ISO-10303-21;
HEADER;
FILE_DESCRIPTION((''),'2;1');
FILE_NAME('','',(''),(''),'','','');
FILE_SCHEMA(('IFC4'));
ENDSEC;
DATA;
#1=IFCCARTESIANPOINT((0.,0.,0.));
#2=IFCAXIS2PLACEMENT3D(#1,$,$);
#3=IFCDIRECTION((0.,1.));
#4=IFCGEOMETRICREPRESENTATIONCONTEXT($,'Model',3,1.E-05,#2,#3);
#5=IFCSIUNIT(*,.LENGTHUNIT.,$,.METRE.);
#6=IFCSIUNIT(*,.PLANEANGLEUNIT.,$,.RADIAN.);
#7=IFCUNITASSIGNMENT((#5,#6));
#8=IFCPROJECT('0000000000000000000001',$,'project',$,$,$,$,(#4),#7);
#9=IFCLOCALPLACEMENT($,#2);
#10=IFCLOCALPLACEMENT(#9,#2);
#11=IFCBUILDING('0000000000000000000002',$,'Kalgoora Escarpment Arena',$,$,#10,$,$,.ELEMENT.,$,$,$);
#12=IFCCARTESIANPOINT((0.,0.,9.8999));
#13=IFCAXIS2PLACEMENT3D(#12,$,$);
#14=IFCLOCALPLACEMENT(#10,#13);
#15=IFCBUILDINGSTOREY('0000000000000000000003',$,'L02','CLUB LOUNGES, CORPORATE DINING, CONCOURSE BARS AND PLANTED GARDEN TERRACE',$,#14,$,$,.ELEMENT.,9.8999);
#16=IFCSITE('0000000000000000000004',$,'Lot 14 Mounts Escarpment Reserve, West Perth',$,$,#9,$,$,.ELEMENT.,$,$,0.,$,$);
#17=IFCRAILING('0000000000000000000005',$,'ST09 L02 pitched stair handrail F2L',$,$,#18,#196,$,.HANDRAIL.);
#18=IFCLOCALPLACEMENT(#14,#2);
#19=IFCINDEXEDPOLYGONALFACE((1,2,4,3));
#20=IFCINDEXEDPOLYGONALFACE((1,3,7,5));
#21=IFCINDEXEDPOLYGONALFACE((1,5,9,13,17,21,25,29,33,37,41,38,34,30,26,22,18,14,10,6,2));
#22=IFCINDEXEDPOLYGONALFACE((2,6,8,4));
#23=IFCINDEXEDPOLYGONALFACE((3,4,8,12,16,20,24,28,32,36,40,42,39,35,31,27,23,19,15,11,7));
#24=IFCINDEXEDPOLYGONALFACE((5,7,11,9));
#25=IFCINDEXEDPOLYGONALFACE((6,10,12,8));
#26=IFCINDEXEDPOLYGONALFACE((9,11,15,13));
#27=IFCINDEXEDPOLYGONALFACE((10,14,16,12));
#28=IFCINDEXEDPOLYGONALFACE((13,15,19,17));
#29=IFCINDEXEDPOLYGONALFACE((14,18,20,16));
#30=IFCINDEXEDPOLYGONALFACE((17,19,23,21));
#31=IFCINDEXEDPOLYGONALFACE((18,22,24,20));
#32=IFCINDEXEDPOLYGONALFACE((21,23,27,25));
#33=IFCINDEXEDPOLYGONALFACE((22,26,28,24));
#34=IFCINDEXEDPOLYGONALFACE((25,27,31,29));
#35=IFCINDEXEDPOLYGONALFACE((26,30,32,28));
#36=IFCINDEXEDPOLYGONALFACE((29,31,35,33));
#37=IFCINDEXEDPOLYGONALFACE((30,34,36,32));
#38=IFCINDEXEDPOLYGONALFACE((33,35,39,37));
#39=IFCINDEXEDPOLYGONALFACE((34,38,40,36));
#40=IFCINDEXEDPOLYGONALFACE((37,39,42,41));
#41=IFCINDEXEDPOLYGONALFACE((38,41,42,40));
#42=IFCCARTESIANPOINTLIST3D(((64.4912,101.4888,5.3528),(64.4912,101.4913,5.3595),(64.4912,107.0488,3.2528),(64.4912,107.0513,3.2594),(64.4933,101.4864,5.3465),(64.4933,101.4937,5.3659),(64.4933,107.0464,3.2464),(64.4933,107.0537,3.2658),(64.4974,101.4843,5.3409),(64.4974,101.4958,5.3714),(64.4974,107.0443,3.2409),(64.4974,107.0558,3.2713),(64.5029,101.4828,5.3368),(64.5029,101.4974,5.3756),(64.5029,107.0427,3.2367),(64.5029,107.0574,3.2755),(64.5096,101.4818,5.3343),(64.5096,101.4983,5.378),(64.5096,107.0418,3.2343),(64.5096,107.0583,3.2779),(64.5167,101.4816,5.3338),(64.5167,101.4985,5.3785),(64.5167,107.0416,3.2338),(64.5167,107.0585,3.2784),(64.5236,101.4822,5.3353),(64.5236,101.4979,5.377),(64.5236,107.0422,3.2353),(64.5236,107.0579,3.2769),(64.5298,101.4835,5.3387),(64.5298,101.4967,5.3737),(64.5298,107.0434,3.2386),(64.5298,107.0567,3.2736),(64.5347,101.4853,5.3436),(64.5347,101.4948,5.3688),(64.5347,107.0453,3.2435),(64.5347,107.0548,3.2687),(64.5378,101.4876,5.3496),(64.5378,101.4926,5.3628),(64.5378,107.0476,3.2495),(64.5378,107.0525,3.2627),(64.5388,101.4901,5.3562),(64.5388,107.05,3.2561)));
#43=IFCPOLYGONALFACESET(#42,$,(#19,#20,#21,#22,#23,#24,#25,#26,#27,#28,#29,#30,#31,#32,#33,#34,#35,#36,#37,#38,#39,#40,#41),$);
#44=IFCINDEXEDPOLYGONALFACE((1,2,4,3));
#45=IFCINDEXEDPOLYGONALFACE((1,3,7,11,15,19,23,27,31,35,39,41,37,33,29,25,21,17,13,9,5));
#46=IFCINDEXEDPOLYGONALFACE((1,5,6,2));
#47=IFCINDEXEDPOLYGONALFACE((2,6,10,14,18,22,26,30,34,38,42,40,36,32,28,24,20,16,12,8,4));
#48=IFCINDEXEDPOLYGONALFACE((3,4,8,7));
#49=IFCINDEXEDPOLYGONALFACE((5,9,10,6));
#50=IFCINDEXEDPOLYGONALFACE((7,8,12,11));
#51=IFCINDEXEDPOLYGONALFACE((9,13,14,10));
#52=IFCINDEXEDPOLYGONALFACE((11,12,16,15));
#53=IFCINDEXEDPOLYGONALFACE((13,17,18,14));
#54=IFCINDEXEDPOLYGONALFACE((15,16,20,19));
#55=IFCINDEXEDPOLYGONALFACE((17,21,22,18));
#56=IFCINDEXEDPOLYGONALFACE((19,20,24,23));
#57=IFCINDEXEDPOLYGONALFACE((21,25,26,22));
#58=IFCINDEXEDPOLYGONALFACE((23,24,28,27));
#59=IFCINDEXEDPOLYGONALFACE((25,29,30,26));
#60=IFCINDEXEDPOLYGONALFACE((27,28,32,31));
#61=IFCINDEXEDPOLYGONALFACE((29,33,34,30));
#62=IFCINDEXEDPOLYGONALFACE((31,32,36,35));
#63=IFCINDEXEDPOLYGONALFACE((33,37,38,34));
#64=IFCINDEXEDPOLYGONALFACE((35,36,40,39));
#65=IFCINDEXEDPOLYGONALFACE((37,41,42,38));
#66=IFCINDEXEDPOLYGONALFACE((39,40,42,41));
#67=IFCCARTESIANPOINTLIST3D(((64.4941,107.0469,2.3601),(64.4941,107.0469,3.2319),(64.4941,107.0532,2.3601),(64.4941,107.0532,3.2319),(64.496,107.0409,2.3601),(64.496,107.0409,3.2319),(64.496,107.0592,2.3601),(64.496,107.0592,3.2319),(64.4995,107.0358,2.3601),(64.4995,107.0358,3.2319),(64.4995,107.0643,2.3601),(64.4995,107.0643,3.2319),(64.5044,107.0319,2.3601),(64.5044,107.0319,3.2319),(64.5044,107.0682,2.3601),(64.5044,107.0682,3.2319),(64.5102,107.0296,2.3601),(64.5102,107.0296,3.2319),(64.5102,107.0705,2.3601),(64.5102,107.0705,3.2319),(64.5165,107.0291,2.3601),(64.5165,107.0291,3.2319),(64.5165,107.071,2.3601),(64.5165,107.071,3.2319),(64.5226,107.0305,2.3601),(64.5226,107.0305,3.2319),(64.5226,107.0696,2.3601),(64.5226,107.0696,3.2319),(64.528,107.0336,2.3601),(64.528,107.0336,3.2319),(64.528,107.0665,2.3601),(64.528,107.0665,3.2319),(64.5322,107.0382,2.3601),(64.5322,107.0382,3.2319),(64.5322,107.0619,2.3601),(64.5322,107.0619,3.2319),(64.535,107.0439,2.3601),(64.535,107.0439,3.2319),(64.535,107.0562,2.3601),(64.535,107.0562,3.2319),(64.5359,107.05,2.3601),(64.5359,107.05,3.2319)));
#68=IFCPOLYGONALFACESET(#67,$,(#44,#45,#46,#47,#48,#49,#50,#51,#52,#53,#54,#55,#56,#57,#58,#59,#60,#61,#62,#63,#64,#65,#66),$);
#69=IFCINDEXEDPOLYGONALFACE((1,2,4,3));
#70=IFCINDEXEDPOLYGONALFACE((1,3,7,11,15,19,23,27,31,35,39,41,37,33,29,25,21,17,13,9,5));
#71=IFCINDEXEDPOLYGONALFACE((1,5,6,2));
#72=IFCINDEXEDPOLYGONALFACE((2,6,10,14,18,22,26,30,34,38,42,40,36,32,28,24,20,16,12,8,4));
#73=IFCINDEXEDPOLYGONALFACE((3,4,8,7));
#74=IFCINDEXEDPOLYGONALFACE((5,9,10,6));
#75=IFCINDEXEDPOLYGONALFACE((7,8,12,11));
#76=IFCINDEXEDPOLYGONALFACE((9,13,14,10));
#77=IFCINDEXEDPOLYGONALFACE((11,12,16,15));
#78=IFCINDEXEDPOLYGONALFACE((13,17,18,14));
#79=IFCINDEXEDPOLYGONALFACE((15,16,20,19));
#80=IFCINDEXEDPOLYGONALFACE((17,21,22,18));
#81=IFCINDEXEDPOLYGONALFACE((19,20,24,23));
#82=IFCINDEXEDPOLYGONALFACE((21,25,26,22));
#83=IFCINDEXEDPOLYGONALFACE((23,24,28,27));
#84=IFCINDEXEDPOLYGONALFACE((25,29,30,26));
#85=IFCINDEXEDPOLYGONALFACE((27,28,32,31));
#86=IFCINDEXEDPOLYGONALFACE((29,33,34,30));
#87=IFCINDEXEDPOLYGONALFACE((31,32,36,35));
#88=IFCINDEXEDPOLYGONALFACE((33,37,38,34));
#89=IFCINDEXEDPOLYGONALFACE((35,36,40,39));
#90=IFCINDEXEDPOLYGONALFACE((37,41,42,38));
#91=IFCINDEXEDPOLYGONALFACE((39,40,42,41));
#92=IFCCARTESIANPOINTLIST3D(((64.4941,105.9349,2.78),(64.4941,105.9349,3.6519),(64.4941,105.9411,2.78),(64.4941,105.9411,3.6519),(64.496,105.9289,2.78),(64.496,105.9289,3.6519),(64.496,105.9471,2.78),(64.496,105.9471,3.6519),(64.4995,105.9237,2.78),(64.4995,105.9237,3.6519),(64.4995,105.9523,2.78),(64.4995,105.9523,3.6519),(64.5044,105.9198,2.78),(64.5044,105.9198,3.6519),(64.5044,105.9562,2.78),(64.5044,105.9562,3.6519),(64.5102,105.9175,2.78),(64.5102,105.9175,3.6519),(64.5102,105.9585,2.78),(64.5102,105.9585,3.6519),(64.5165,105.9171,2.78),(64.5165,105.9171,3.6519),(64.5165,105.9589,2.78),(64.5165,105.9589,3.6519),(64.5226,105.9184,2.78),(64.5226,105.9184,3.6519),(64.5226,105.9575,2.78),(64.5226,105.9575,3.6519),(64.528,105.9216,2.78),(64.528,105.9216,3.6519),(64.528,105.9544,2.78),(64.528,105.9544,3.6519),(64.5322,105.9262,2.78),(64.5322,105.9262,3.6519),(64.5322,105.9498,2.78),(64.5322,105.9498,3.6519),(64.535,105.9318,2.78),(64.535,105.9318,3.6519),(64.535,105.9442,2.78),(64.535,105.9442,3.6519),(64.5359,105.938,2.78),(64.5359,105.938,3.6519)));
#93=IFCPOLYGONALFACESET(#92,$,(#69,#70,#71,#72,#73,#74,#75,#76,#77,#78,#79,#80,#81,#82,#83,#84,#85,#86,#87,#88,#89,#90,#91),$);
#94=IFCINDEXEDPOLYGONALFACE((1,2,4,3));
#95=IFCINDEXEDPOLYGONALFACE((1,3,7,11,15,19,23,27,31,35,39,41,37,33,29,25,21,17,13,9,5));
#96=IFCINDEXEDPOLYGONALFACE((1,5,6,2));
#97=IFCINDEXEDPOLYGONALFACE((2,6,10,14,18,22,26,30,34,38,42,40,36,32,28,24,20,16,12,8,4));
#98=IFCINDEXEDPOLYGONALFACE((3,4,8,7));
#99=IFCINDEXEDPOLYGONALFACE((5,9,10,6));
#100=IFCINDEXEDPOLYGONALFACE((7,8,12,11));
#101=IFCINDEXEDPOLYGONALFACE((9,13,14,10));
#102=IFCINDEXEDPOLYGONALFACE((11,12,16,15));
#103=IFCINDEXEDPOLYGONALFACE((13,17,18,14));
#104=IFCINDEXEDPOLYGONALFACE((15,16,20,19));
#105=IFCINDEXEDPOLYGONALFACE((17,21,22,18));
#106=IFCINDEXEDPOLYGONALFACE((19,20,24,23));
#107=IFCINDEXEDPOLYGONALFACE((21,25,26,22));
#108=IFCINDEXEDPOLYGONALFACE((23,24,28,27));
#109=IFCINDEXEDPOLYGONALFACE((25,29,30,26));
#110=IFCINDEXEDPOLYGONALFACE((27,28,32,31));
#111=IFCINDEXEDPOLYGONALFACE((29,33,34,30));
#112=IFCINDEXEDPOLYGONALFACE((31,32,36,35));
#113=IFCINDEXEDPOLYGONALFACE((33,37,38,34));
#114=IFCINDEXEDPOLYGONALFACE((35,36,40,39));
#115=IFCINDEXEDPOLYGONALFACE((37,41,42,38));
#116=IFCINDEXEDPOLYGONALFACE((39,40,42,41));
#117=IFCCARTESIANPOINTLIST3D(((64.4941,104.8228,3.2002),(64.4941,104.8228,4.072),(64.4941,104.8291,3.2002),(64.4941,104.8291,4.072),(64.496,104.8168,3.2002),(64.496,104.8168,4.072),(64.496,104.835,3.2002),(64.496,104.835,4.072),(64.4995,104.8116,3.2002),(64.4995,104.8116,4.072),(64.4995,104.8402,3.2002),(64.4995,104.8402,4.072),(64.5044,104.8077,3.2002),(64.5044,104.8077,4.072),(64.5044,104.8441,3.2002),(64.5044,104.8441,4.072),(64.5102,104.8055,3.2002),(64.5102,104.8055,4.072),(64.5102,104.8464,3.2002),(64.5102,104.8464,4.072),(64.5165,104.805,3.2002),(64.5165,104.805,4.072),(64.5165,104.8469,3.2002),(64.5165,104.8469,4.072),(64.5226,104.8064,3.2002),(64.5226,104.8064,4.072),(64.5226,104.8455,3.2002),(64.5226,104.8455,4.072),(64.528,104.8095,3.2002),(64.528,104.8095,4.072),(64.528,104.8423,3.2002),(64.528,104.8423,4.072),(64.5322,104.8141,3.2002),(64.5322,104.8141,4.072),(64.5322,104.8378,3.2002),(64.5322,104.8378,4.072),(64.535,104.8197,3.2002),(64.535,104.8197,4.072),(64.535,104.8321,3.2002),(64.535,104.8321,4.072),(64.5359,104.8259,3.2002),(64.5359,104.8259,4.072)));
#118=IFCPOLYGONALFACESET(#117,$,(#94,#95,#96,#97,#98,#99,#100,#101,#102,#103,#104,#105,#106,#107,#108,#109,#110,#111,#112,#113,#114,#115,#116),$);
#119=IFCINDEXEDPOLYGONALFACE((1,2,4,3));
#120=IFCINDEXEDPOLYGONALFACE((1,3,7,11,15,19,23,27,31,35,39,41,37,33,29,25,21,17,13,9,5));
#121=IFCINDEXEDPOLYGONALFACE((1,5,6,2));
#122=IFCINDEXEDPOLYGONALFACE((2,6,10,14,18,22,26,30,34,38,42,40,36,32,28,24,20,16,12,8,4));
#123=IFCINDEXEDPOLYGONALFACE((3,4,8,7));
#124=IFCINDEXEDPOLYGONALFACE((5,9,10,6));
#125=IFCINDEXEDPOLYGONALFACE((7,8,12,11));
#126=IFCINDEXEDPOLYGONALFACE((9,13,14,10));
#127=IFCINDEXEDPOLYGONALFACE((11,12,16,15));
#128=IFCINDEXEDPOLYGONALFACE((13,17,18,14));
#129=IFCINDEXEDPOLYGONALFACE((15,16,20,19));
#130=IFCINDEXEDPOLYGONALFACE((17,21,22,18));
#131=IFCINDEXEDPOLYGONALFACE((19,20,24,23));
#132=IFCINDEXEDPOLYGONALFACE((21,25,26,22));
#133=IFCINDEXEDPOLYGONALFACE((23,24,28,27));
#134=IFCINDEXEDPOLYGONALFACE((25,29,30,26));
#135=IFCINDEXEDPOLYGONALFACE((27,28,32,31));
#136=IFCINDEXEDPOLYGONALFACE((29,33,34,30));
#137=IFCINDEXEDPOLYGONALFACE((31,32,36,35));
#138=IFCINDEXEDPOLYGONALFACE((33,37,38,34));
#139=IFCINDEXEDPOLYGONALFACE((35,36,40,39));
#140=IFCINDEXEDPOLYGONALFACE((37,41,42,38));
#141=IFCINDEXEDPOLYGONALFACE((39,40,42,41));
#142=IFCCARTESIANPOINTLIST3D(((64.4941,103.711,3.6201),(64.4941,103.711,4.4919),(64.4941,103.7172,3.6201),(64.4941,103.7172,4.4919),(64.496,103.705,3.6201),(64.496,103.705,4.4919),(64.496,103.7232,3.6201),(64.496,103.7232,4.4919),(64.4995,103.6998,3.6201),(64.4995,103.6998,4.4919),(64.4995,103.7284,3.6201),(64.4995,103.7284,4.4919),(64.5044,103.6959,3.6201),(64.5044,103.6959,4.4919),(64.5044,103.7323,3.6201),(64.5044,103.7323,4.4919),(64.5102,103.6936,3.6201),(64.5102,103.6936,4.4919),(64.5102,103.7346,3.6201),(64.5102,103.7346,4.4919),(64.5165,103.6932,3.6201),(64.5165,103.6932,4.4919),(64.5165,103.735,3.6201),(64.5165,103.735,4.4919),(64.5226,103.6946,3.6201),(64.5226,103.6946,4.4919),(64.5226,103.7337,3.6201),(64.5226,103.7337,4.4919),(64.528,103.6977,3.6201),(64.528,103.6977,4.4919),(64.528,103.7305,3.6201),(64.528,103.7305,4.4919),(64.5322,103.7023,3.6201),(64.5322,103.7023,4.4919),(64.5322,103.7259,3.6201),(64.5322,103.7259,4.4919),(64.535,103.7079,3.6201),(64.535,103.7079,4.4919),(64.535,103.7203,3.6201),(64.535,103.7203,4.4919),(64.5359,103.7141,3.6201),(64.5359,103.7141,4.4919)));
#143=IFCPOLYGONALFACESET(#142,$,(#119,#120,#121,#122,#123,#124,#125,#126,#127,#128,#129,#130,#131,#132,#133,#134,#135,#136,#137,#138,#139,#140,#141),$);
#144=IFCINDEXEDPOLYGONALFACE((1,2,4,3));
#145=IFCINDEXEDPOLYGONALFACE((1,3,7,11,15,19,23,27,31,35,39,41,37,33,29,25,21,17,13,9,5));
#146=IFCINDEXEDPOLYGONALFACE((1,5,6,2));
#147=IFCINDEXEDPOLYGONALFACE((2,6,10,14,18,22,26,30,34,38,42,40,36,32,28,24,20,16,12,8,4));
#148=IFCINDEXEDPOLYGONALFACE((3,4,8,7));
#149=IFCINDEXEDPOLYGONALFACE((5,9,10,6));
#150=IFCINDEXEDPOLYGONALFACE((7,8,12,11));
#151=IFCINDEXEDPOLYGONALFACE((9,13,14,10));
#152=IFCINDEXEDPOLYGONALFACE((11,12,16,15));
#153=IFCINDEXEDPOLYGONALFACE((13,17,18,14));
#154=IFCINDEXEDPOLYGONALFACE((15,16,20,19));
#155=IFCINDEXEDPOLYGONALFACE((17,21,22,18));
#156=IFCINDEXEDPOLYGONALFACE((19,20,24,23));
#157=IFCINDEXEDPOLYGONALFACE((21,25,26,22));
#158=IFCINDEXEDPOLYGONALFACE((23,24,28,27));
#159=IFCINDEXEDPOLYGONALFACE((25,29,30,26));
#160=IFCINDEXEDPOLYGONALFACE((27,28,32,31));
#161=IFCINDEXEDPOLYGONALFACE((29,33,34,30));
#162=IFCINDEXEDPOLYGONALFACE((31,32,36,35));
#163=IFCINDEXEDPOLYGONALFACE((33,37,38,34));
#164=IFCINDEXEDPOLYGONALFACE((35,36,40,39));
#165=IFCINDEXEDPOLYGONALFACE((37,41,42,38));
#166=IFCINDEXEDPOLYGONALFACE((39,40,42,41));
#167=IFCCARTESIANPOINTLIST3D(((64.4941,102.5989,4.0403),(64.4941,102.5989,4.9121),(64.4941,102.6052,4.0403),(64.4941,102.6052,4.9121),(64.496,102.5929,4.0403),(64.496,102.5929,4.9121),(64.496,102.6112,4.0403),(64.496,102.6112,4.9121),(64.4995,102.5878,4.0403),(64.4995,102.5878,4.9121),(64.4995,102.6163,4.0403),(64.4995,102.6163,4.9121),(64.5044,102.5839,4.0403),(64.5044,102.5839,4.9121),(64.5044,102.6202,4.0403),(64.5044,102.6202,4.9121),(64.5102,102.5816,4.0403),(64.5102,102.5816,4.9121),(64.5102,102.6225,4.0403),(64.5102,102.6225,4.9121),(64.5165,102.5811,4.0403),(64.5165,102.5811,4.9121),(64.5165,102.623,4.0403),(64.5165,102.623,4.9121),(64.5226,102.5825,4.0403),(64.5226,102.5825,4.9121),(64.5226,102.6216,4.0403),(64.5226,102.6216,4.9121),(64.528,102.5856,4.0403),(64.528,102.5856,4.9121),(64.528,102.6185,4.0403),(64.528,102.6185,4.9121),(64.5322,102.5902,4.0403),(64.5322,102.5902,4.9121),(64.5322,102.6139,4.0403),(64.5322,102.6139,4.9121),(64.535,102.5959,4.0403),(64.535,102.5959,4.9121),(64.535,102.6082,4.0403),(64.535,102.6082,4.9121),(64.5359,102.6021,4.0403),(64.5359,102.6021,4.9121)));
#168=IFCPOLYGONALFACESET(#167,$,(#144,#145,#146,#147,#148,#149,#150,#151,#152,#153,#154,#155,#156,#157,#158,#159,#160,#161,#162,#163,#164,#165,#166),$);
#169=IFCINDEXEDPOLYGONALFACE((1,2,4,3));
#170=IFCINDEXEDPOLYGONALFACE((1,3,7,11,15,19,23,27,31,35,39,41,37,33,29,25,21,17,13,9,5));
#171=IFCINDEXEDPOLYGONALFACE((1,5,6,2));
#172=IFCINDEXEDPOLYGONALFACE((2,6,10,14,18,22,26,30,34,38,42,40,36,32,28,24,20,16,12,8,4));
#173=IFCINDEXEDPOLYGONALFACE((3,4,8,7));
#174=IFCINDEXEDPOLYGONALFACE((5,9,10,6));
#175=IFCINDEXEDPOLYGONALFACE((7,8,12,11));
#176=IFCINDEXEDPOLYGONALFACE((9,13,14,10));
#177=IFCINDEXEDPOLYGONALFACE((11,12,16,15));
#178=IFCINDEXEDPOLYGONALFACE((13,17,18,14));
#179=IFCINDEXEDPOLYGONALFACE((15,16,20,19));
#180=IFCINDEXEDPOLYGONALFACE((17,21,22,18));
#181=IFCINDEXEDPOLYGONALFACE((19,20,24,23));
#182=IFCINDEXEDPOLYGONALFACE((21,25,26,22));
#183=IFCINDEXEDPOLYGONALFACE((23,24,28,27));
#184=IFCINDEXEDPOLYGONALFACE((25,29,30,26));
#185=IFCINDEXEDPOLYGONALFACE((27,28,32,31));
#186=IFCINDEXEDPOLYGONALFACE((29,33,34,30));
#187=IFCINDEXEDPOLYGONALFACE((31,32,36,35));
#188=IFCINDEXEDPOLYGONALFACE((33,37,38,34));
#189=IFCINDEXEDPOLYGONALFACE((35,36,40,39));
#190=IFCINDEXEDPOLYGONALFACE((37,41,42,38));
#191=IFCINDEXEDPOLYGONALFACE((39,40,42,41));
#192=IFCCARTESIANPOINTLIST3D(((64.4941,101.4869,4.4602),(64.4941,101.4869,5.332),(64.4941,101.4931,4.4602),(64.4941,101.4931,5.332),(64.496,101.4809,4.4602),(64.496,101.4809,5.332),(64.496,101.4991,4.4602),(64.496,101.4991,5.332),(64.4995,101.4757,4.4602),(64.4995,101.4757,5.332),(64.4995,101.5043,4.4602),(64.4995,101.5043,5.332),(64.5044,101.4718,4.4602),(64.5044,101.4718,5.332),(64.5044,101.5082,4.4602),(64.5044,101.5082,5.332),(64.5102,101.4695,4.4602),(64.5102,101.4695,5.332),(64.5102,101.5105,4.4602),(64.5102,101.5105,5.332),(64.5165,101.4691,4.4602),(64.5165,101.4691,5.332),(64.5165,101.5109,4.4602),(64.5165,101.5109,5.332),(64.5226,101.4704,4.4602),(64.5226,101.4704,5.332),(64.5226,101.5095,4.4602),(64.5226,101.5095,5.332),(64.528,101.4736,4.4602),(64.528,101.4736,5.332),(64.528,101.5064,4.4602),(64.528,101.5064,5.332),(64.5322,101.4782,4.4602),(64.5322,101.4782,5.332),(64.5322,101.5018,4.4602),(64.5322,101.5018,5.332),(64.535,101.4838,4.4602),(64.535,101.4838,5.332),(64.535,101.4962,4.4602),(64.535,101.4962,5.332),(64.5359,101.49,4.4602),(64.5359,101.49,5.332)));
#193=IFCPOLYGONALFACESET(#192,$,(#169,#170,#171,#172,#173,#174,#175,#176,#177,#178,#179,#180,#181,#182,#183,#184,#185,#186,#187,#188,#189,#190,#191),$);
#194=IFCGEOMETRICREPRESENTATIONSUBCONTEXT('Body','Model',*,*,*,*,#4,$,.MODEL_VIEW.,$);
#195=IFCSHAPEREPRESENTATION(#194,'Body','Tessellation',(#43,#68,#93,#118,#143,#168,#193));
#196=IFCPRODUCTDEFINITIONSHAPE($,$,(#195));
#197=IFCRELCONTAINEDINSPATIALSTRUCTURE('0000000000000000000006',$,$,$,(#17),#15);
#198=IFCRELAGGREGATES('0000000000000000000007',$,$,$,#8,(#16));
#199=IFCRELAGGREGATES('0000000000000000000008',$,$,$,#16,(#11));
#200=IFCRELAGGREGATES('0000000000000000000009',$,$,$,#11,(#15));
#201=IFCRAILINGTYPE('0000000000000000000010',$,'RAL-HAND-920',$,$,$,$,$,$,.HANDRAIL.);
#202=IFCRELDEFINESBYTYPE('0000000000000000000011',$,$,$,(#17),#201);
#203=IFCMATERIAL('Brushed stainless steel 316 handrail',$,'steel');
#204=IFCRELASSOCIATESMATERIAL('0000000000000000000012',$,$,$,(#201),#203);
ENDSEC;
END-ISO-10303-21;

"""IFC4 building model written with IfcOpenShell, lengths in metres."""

from ifc_helpers import new_model, si_unit, direction, frame, origin, origin_2d, place, context, subcontext, project, spatial, circle, extrude, material, type_object, element, save


model = new_model("IFC4")

# Units and contexts
model_context = context("Model", 3, precision=1e-05, world=origin(), true_north=direction((0.0, 1.0)))
body_context = subcontext(model_context, "Body", "Model", "MODEL_VIEW")
ifc_project = project(units=[si_unit("LENGTHUNIT", "METRE"), si_unit("PLANEANGLEUNIT", "RADIAN")], contexts=[model_context])

# Site, building, storey
site_placement = place(None, origin())
site = spatial("IfcSite", under=ifc_project, at=site_placement, Name="Lot 14 Mounts Escarpment Reserve, West Perth", CompositionType="ELEMENT", RefElevation=0.0)
building_placement = place(site_placement, origin())
building = spatial("IfcBuilding", under=site, at=building_placement, Name="Kalgoora Escarpment Arena", CompositionType="ELEMENT")
storey_placement = place(building_placement, frame((0.0, 0.0, 9.8999)))
storey = spatial("IfcBuildingStorey", under=building, at=storey_placement, Name="L02", Description="CLUB LOUNGES, CORPORATE DINING, CONCOURSE BARS AND PLANTED GARDEN TERRACE", CompositionType="ELEMENT", Elevation=9.8999)

# Railing
ifc_material_1 = material(Name="Brushed stainless steel 316 handrail", Category="steel")
railing_type_1 = type_object("IfcRailingType", Name="RAL-HAND-920", PredefinedType="HANDRAIL", material=ifc_material_1)
for number, where, name in (
    (1, (64.5149, 107.05, 2.3601), "ST09 L02 pitched stair handrail F2L"),
):
    element("IfcRailing", number, at=place(storey_placement, frame(where)), inside=storey, type_object=railing_type_1, Name=name, PredefinedType="HANDRAIL", context=body_context, shape_type="SweptSolid", body=[
        extrude(circle(Radius=0.0239, at=origin_2d()), frame((0.0, 0.0, 0.896), z_axis=(0.0, -0.935493, 0.353346), x_axis=(1.0, 0.0, 0.0)), (0.0, 0.0, 1.0), 5.9434),
        extrude(circle(Radius=0.021, at=origin_2d()), origin(), (0.0, 0.0, 1.0), 0.8718),
        extrude(circle(Radius=0.021, at=origin_2d()), frame((0.0, -1.1121, 0.4199)), (0.0, 0.0, 1.0), 0.8718),
        extrude(circle(Radius=0.021, at=origin_2d()), frame((0.0, -2.2241, 0.8401)), (0.0, 0.0, 1.0), 0.8718),
        extrude(circle(Radius=0.021, at=origin_2d()), frame((0.0, -3.3359, 1.26)), (0.0, 0.0, 1.0), 0.8718),
        extrude(circle(Radius=0.021, at=origin_2d()), frame((0.0, -4.448, 1.6802)), (0.0, 0.0, 1.0), 0.8718),
        extrude(circle(Radius=0.021, at=origin_2d()), frame((0.0, -5.5601, 2.1001)), (0.0, 0.0, 1.0), 0.8718),
    ])

save(model, "model.ifc")
